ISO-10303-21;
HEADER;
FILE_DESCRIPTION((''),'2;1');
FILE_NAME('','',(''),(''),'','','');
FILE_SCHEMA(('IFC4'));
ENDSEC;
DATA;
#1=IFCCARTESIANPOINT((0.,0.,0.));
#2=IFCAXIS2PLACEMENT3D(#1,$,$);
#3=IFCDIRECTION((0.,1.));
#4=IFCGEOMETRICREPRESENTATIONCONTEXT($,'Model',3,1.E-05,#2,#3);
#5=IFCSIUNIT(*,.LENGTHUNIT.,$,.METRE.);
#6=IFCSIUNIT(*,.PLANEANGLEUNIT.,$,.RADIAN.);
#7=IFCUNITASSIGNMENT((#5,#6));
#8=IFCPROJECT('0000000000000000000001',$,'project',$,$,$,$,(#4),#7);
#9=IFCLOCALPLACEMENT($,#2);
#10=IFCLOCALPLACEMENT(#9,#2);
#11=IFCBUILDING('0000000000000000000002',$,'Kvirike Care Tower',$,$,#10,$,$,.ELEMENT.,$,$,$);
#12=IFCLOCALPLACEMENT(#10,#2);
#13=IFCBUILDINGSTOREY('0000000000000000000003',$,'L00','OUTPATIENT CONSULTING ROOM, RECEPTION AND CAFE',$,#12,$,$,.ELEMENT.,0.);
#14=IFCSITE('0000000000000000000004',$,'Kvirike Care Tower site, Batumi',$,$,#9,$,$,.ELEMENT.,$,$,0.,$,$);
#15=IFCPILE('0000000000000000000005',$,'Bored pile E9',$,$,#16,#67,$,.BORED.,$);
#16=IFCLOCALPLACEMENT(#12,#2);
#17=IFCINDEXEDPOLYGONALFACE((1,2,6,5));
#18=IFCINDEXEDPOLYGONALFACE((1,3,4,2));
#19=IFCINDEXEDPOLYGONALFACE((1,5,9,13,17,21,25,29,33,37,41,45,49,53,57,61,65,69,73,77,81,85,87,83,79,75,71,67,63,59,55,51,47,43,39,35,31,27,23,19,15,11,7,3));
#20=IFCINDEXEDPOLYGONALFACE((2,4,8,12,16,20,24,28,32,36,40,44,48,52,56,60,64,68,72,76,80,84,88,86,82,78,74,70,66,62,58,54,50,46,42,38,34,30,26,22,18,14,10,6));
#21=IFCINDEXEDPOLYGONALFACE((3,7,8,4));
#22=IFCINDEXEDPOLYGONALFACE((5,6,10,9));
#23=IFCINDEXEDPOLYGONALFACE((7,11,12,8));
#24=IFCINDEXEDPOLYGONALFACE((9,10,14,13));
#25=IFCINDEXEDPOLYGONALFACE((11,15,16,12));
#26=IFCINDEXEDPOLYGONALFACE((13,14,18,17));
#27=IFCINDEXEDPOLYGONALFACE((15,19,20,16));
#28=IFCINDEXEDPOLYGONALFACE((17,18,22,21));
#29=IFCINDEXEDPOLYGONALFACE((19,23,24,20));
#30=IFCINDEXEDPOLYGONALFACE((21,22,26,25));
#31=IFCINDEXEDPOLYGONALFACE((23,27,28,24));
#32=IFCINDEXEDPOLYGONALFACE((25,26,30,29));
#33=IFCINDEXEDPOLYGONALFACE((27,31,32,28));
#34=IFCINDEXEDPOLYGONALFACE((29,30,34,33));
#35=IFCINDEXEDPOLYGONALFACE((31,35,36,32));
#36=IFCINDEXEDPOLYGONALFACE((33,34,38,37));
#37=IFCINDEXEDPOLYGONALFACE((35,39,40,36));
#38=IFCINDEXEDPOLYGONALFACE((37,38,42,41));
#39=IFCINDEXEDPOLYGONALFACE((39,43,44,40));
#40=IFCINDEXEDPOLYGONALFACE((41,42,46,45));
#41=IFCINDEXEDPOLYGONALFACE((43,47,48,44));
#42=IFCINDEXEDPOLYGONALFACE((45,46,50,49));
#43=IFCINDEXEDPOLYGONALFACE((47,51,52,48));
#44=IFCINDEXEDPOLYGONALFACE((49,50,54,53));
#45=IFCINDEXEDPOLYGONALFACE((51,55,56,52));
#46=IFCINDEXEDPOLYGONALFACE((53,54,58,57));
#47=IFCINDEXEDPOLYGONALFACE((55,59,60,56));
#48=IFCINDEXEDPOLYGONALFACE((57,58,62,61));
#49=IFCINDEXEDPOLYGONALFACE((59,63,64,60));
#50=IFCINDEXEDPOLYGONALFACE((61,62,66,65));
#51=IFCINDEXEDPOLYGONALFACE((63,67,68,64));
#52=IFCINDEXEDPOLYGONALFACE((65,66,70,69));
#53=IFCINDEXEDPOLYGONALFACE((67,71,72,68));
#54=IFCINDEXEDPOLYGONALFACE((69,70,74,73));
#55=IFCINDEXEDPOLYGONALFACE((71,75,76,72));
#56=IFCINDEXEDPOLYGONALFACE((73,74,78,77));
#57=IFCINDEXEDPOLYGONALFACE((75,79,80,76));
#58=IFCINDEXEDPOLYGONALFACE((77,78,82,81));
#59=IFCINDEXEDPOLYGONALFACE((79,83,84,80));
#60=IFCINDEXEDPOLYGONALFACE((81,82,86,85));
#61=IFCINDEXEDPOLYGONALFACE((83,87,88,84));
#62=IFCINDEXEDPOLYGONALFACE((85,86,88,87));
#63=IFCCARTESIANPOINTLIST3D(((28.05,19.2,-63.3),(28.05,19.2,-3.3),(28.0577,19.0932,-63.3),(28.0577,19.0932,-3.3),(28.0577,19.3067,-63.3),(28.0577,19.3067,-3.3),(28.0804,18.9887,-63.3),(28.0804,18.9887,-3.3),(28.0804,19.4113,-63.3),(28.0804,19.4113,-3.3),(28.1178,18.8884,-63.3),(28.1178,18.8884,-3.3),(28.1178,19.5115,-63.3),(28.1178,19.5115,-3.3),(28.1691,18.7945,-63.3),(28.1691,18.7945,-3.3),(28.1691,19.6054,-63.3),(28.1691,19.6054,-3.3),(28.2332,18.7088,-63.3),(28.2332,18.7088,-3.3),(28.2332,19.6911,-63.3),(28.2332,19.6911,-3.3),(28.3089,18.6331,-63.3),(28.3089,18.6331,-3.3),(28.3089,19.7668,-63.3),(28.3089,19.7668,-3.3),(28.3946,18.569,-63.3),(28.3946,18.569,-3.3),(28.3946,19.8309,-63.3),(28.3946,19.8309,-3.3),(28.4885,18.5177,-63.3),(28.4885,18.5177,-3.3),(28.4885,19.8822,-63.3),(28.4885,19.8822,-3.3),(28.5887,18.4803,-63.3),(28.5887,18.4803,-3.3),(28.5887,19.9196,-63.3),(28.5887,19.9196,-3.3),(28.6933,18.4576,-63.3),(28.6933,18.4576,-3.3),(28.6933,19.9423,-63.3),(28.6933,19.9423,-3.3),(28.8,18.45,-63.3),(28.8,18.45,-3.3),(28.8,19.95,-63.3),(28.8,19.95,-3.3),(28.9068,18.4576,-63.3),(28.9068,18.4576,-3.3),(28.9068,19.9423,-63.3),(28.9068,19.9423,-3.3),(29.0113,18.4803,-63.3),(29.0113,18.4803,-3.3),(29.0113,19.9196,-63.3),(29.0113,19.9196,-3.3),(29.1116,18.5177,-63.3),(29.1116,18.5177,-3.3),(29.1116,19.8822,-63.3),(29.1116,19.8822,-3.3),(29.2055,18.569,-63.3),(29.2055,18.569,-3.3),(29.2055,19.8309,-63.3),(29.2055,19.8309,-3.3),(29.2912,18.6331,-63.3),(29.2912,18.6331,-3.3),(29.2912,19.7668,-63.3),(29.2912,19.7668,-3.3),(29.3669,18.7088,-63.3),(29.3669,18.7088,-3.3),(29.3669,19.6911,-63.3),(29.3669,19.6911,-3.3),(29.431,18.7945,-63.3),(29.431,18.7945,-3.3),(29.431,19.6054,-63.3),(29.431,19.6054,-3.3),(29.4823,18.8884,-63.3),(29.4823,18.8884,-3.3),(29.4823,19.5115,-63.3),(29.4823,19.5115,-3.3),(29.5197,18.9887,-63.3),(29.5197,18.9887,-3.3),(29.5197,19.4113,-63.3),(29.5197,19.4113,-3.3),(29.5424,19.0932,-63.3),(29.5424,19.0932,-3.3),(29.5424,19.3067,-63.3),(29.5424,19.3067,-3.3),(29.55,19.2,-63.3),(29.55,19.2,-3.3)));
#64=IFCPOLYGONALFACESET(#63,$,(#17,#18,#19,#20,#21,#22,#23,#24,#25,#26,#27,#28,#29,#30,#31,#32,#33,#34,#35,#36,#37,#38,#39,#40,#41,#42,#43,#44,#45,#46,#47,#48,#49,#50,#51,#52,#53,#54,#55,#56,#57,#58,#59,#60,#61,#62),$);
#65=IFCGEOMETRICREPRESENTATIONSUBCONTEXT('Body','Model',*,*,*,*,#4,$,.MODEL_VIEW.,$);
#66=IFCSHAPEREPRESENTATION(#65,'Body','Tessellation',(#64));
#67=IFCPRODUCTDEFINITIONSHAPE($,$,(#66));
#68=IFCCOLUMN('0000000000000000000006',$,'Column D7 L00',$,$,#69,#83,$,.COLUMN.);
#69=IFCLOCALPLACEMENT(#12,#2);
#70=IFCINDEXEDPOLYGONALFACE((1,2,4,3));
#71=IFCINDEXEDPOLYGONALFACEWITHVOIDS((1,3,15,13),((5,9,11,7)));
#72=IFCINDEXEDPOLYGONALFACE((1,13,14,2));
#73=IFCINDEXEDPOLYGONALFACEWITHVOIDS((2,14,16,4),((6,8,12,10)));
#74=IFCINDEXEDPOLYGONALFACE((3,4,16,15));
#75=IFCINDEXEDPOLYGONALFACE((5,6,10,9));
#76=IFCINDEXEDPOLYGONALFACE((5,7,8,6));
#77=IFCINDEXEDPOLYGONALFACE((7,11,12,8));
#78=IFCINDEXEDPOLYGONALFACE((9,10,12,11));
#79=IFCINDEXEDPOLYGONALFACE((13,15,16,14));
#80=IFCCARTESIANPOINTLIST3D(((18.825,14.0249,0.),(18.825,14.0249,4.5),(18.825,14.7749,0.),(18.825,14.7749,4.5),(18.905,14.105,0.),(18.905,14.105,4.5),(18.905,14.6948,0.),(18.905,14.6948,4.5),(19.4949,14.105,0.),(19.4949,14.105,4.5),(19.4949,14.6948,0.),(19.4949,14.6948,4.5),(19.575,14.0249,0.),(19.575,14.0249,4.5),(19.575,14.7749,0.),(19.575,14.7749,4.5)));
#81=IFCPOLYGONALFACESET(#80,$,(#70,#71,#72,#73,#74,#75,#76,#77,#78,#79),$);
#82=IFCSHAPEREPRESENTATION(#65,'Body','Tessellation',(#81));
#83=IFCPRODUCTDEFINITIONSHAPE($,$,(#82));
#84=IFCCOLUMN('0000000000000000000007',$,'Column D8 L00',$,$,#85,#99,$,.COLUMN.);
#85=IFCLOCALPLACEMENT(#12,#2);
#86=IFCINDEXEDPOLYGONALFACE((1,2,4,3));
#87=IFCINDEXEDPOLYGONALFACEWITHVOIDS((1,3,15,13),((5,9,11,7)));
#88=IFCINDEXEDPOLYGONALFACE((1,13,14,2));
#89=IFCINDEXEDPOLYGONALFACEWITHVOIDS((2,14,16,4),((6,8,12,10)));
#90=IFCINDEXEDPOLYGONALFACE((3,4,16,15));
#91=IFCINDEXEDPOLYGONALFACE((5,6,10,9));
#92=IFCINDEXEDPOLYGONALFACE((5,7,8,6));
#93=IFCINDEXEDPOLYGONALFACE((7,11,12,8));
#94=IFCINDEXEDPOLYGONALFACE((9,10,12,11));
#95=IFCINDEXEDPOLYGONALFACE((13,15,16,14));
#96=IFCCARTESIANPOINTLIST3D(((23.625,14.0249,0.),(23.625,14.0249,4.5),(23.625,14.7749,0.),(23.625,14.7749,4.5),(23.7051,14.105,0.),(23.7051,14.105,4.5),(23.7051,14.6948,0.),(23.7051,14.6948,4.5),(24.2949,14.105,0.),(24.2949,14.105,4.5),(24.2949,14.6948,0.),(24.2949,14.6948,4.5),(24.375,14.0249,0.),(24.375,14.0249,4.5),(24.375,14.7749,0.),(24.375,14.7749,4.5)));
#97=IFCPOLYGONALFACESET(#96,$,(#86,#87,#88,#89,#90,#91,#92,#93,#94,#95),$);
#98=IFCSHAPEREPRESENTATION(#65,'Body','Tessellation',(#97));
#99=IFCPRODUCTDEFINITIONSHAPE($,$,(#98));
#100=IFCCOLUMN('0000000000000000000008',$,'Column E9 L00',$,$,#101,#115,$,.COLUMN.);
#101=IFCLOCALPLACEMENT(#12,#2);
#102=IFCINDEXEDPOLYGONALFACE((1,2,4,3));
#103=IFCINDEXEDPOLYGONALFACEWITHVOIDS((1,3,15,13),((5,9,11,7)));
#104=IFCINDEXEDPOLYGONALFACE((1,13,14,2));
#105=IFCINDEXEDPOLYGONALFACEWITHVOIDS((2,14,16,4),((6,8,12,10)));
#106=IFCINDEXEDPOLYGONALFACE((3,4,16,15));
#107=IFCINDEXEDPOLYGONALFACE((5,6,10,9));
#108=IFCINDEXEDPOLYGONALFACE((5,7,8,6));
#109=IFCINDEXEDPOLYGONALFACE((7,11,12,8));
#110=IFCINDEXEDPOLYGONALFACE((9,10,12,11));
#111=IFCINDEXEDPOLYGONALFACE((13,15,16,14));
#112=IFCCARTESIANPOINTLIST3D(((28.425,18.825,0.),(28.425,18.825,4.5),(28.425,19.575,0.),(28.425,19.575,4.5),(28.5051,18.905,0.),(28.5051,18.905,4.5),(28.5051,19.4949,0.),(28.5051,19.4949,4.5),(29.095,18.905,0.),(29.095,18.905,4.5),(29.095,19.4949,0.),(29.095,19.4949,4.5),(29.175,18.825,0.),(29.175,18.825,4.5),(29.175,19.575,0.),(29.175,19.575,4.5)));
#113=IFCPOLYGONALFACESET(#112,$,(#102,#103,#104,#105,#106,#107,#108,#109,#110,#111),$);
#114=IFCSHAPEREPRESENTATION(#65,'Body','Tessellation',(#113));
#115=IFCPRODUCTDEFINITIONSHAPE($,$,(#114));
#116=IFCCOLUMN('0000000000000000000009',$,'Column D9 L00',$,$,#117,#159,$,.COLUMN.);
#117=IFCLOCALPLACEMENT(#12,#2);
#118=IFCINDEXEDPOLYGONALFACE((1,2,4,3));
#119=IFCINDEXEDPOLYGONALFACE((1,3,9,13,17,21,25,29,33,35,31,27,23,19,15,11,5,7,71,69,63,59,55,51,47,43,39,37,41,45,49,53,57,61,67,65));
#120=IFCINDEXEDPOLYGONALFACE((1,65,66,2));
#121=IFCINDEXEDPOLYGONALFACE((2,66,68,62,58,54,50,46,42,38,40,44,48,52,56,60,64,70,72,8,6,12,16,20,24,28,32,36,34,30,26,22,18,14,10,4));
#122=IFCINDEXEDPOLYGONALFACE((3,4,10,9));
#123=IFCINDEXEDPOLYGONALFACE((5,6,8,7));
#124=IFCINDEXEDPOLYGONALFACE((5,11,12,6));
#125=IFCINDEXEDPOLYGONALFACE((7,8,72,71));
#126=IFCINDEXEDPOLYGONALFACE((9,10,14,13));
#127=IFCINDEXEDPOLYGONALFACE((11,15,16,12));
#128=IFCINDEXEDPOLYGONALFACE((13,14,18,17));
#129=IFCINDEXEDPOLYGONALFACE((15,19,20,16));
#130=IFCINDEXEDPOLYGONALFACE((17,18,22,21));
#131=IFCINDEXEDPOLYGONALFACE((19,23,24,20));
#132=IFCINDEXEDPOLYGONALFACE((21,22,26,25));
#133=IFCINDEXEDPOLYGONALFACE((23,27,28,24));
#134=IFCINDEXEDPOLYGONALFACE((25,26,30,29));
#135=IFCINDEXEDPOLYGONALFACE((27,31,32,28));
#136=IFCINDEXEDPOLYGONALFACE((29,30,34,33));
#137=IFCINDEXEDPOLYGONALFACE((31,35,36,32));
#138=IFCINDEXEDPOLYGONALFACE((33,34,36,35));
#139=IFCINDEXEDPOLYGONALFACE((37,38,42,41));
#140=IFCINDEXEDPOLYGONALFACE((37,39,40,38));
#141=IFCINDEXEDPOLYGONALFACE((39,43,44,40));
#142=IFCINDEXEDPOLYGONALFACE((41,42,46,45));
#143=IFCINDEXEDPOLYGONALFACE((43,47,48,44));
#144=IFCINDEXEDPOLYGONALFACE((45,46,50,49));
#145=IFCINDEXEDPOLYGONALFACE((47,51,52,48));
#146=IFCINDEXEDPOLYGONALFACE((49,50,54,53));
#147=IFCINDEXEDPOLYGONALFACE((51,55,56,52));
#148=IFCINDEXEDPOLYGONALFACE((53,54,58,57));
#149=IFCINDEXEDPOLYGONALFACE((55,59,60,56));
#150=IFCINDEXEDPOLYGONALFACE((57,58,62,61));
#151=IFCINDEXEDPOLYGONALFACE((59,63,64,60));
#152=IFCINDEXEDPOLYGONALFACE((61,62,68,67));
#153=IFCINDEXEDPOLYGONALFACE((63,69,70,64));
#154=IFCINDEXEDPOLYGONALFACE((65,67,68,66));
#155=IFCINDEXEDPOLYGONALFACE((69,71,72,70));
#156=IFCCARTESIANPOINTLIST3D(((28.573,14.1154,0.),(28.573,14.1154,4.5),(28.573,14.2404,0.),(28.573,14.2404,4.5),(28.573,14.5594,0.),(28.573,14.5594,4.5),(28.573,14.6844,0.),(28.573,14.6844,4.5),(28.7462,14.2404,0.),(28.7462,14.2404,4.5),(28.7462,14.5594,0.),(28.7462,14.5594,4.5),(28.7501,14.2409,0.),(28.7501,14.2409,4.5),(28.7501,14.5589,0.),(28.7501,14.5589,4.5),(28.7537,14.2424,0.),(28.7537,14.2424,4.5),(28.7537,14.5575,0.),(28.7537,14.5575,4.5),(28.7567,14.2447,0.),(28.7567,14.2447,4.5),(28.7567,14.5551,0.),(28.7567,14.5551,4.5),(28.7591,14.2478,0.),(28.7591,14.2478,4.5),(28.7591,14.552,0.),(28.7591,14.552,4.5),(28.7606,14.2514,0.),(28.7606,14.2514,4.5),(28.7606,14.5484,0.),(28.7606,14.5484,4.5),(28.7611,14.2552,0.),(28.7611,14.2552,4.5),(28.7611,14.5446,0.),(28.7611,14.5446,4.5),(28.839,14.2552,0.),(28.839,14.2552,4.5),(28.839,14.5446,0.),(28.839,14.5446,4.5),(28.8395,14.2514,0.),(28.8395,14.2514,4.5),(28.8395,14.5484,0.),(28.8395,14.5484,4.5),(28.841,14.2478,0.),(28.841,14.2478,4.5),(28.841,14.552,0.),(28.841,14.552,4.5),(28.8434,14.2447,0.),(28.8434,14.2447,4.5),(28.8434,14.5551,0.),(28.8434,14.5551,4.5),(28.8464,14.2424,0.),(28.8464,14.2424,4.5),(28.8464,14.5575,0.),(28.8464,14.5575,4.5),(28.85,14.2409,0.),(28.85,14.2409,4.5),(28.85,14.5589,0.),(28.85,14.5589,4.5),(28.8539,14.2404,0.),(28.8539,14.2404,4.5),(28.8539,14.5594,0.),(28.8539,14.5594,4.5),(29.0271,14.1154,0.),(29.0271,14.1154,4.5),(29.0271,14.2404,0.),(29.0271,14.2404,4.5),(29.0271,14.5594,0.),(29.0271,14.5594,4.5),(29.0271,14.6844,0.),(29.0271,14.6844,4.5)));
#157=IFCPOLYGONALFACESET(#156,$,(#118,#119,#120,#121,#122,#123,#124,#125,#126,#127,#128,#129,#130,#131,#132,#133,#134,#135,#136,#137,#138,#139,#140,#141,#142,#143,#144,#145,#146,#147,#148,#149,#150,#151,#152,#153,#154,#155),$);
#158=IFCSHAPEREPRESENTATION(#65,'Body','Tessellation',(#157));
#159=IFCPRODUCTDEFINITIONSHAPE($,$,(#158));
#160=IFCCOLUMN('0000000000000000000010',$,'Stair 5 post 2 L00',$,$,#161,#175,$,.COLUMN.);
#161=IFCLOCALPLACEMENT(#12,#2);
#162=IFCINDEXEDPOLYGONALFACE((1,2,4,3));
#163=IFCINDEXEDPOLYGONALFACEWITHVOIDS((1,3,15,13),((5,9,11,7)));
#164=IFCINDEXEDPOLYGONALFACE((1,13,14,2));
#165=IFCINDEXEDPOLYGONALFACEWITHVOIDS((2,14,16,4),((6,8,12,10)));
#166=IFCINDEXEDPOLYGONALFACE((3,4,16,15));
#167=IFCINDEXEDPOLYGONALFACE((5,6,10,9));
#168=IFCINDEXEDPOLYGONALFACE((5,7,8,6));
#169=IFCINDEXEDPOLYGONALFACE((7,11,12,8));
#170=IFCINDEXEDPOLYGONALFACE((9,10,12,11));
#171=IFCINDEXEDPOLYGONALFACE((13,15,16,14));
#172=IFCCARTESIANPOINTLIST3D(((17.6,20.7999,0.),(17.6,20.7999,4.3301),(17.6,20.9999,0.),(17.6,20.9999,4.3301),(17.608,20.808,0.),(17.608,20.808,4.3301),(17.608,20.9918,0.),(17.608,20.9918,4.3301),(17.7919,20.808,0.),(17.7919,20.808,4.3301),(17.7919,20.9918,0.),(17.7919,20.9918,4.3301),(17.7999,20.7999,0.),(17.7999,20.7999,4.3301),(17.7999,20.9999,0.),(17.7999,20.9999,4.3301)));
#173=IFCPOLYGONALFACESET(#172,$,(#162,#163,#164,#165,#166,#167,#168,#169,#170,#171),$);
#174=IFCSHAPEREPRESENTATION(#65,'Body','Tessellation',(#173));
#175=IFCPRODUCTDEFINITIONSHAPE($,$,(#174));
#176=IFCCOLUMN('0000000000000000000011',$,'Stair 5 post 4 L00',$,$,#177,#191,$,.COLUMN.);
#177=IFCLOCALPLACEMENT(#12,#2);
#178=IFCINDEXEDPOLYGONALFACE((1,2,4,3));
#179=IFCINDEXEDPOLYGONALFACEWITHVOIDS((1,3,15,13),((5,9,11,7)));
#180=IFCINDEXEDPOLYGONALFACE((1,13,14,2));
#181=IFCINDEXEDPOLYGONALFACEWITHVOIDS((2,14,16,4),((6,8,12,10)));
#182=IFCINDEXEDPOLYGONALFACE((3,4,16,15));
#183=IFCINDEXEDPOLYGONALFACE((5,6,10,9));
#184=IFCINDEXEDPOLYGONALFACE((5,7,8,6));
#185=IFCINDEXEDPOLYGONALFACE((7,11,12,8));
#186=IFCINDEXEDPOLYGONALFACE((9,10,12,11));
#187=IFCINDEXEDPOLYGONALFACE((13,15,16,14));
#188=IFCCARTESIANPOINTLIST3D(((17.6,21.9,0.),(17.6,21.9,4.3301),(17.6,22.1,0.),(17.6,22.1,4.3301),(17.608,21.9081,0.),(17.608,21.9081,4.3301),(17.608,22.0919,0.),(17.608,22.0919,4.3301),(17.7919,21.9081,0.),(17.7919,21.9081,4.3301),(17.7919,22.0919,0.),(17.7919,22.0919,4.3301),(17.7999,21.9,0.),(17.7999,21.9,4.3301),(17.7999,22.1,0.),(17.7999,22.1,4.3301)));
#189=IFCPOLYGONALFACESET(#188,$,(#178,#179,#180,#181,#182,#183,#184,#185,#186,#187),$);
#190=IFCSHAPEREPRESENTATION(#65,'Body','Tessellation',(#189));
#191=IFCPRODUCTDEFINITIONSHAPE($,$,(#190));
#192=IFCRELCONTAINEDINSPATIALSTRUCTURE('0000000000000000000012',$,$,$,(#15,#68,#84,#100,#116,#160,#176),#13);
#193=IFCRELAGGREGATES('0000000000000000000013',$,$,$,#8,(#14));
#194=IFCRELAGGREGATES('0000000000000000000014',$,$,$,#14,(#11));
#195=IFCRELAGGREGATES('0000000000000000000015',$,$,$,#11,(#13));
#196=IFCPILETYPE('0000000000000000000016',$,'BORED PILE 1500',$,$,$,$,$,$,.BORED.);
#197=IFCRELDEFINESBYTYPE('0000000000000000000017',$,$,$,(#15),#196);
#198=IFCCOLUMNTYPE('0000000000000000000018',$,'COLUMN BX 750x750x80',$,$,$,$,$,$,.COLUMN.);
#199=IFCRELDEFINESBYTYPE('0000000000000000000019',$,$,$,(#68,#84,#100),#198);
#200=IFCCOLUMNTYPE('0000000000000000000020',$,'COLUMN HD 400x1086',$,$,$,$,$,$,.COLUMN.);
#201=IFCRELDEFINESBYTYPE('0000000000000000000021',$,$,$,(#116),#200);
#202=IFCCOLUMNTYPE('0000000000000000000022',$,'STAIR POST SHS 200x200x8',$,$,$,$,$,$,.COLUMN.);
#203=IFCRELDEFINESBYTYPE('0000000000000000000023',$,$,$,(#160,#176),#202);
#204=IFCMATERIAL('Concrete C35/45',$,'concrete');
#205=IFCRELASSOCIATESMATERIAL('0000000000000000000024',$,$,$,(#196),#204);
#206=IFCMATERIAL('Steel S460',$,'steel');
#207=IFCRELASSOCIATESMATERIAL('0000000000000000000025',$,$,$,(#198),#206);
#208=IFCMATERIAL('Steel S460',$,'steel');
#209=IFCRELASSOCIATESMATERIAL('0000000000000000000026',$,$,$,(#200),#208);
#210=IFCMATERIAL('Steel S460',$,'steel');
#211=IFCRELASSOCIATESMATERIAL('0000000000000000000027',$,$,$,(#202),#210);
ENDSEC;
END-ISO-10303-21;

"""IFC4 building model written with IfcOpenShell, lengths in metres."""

from ifc_helpers import new_model, si_unit, direction, frame, origin, origin_2d, place, context, subcontext, project, spatial, hollow_rectangle, circle, i_section, extrude, material, material_profile, profile_set, type_object, element, save


model = new_model("IFC4")

# Units and contexts
model_context = context("Model", 3, precision=1e-05, world=origin(), true_north=direction((0.0, 1.0)))
body_context = subcontext(model_context, "Body", "Model", "MODEL_VIEW")
ifc_project = project(units=[si_unit("LENGTHUNIT", "METRE"), si_unit("PLANEANGLEUNIT", "RADIAN")], contexts=[model_context])

# Site, building, storey
site_placement = place(None, origin())
site = spatial("IfcSite", under=ifc_project, at=site_placement, Name="Kvirike Care Tower site, Batumi", CompositionType="ELEMENT", RefElevation=0.0)
building_placement = place(site_placement, origin())
building = spatial("IfcBuilding", under=site, at=building_placement, Name="Kvirike Care Tower", CompositionType="ELEMENT")
storey_placement = place(building_placement, origin())
storey = spatial("IfcBuildingStorey", under=building, at=storey_placement, Name="L00", Description="OUTPATIENT CONSULTING ROOM, RECEPTION AND CAFE", CompositionType="ELEMENT", Elevation=0.0)

# Pile
ifc_material_1 = material(Name="Concrete C35/45", Category="concrete")
ifc_material_profile_1 = material_profile(ifc_material_1, circle(Radius=0.75, at=origin_2d()), Name="BORED PILE 1500")
ifc_profile_set_1 = profile_set([ifc_material_profile_1], Name="Concrete C35/45")
pile_type = type_object("IfcPileType", Name="BORED PILE 1500", PredefinedType="BORED", material=ifc_profile_set_1)
for number, where, z_axis, x_axis, name in (
    (1, (28.8, 19.2, -3.3), (0.0, 0.0, -1.0), (1.0, 0.0, 0.0), "Bored pile E9"),
):
    element("IfcPile", number, at=place(storey_placement, frame(where, z_axis=z_axis, x_axis=x_axis)), inside=storey, type_object=pile_type, Name=name, PredefinedType="BORED", context=body_context, shape_type="SweptSolid", body=[
        extrude(circle(Radius=0.75, at=origin_2d()), origin(), (0.0, 0.0, 1.0), 60.0),
    ])

# Columns
ifc_material_2 = material(Name="Steel S460", Category="steel")
ifc_material_profile_2 = material_profile(ifc_material_2, hollow_rectangle(XDim=0.75, YDim=0.75, WallThickness=0.0801, at=origin_2d()), Name="BX 750x750x80")
ifc_profile_set_2 = profile_set([ifc_material_profile_2], Name="Steel S460")
column_type_1 = type_object("IfcColumnType", Name="COLUMN BX 750x750x80", PredefinedType="COLUMN", material=ifc_profile_set_2)
for number, where, z_axis, x_axis, name in (
    (2, (19.2, 14.3999, 0.0), (0.0, 0.0, 1.0), (1.0, 0.0, 0.0), "Column D7 L00"),
    (3, (24.0, 14.3999, 0.0), (0.0, 0.0, 1.0), (1.0, 0.0, 0.0), "Column D8 L00"),
    (4, (28.8, 19.2, 0.0), (0.0, 0.0, 1.0), (1.0, 0.0, 0.0), "Column E9 L00"),
):
    element("IfcColumn", number, at=place(storey_placement, frame(where, z_axis=z_axis, x_axis=x_axis)), inside=storey, type_object=column_type_1, Name=name, PredefinedType="COLUMN", context=body_context, shape_type="SweptSolid", body=[
        extrude(hollow_rectangle(XDim=0.75, YDim=0.75, WallThickness=0.0801, at=origin_2d()), origin(), (0.0, 0.0, 1.0), 4.5),
    ])
ifc_material_3 = material(Name="Steel S460", Category="steel")
ifc_material_profile_3 = material_profile(ifc_material_3, i_section(OverallWidth=0.4541, OverallDepth=0.5691, WebThickness=0.0779, FlangeThickness=0.125, FilletRadius=0.0149, at=origin_2d()), Name="HD 400x1086")
ifc_profile_set_3 = profile_set([ifc_material_profile_3], Name="Steel S460")
column_type_2 = type_object("IfcColumnType", Name="COLUMN HD 400x1086", PredefinedType="COLUMN", material=ifc_profile_set_3)
column_placement = place(storey_placement, frame((28.8, 14.3999, 0.0), z_axis=(0.0, 0.0, 1.0), x_axis=(1.0, 0.0, 0.0)))
element("IfcColumn", 5, at=column_placement, inside=storey, type_object=column_type_2, Name="Column D9 L00", PredefinedType="COLUMN", context=body_context, shape_type="SweptSolid", body=[
    extrude(i_section(OverallWidth=0.4541, OverallDepth=0.5691, WebThickness=0.0779, FlangeThickness=0.125, FilletRadius=0.0149, at=origin_2d()), origin(), (0.0, 0.0, 1.0), 4.5),
])
ifc_material_4 = material(Name="Steel S460", Category="steel")
ifc_material_profile_4 = material_profile(ifc_material_4, hollow_rectangle(XDim=0.2, YDim=0.2, WallThickness=0.0081, at=origin_2d()), Name="SHS 200x200x8")
ifc_profile_set_4 = profile_set([ifc_material_profile_4], Name="Steel S460")
column_type_3 = type_object("IfcColumnType", Name="STAIR POST SHS 200x200x8", PredefinedType="COLUMN", material=ifc_profile_set_4)
for number, where, z_axis, x_axis, name in (
    (6, (17.7, 20.8999, 0.0), (0.0, 0.0, 1.0), (1.0, 0.0, 0.0), "Stair 5 post 2 L00"),
    (7, (17.7, 22.0, 0.0), (0.0, 0.0, 1.0), (1.0, 0.0, 0.0), "Stair 5 post 4 L00"),
):
    element("IfcColumn", number, at=place(storey_placement, frame(where, z_axis=z_axis, x_axis=x_axis)), inside=storey, type_object=column_type_3, Name=name, PredefinedType="COLUMN", context=body_context, shape_type="SweptSolid", body=[
        extrude(hollow_rectangle(XDim=0.2, YDim=0.2, WallThickness=0.0081, at=origin_2d()), origin(), (0.0, 0.0, 1.0), 4.3301),
    ])

save(model, "model.ifc")
